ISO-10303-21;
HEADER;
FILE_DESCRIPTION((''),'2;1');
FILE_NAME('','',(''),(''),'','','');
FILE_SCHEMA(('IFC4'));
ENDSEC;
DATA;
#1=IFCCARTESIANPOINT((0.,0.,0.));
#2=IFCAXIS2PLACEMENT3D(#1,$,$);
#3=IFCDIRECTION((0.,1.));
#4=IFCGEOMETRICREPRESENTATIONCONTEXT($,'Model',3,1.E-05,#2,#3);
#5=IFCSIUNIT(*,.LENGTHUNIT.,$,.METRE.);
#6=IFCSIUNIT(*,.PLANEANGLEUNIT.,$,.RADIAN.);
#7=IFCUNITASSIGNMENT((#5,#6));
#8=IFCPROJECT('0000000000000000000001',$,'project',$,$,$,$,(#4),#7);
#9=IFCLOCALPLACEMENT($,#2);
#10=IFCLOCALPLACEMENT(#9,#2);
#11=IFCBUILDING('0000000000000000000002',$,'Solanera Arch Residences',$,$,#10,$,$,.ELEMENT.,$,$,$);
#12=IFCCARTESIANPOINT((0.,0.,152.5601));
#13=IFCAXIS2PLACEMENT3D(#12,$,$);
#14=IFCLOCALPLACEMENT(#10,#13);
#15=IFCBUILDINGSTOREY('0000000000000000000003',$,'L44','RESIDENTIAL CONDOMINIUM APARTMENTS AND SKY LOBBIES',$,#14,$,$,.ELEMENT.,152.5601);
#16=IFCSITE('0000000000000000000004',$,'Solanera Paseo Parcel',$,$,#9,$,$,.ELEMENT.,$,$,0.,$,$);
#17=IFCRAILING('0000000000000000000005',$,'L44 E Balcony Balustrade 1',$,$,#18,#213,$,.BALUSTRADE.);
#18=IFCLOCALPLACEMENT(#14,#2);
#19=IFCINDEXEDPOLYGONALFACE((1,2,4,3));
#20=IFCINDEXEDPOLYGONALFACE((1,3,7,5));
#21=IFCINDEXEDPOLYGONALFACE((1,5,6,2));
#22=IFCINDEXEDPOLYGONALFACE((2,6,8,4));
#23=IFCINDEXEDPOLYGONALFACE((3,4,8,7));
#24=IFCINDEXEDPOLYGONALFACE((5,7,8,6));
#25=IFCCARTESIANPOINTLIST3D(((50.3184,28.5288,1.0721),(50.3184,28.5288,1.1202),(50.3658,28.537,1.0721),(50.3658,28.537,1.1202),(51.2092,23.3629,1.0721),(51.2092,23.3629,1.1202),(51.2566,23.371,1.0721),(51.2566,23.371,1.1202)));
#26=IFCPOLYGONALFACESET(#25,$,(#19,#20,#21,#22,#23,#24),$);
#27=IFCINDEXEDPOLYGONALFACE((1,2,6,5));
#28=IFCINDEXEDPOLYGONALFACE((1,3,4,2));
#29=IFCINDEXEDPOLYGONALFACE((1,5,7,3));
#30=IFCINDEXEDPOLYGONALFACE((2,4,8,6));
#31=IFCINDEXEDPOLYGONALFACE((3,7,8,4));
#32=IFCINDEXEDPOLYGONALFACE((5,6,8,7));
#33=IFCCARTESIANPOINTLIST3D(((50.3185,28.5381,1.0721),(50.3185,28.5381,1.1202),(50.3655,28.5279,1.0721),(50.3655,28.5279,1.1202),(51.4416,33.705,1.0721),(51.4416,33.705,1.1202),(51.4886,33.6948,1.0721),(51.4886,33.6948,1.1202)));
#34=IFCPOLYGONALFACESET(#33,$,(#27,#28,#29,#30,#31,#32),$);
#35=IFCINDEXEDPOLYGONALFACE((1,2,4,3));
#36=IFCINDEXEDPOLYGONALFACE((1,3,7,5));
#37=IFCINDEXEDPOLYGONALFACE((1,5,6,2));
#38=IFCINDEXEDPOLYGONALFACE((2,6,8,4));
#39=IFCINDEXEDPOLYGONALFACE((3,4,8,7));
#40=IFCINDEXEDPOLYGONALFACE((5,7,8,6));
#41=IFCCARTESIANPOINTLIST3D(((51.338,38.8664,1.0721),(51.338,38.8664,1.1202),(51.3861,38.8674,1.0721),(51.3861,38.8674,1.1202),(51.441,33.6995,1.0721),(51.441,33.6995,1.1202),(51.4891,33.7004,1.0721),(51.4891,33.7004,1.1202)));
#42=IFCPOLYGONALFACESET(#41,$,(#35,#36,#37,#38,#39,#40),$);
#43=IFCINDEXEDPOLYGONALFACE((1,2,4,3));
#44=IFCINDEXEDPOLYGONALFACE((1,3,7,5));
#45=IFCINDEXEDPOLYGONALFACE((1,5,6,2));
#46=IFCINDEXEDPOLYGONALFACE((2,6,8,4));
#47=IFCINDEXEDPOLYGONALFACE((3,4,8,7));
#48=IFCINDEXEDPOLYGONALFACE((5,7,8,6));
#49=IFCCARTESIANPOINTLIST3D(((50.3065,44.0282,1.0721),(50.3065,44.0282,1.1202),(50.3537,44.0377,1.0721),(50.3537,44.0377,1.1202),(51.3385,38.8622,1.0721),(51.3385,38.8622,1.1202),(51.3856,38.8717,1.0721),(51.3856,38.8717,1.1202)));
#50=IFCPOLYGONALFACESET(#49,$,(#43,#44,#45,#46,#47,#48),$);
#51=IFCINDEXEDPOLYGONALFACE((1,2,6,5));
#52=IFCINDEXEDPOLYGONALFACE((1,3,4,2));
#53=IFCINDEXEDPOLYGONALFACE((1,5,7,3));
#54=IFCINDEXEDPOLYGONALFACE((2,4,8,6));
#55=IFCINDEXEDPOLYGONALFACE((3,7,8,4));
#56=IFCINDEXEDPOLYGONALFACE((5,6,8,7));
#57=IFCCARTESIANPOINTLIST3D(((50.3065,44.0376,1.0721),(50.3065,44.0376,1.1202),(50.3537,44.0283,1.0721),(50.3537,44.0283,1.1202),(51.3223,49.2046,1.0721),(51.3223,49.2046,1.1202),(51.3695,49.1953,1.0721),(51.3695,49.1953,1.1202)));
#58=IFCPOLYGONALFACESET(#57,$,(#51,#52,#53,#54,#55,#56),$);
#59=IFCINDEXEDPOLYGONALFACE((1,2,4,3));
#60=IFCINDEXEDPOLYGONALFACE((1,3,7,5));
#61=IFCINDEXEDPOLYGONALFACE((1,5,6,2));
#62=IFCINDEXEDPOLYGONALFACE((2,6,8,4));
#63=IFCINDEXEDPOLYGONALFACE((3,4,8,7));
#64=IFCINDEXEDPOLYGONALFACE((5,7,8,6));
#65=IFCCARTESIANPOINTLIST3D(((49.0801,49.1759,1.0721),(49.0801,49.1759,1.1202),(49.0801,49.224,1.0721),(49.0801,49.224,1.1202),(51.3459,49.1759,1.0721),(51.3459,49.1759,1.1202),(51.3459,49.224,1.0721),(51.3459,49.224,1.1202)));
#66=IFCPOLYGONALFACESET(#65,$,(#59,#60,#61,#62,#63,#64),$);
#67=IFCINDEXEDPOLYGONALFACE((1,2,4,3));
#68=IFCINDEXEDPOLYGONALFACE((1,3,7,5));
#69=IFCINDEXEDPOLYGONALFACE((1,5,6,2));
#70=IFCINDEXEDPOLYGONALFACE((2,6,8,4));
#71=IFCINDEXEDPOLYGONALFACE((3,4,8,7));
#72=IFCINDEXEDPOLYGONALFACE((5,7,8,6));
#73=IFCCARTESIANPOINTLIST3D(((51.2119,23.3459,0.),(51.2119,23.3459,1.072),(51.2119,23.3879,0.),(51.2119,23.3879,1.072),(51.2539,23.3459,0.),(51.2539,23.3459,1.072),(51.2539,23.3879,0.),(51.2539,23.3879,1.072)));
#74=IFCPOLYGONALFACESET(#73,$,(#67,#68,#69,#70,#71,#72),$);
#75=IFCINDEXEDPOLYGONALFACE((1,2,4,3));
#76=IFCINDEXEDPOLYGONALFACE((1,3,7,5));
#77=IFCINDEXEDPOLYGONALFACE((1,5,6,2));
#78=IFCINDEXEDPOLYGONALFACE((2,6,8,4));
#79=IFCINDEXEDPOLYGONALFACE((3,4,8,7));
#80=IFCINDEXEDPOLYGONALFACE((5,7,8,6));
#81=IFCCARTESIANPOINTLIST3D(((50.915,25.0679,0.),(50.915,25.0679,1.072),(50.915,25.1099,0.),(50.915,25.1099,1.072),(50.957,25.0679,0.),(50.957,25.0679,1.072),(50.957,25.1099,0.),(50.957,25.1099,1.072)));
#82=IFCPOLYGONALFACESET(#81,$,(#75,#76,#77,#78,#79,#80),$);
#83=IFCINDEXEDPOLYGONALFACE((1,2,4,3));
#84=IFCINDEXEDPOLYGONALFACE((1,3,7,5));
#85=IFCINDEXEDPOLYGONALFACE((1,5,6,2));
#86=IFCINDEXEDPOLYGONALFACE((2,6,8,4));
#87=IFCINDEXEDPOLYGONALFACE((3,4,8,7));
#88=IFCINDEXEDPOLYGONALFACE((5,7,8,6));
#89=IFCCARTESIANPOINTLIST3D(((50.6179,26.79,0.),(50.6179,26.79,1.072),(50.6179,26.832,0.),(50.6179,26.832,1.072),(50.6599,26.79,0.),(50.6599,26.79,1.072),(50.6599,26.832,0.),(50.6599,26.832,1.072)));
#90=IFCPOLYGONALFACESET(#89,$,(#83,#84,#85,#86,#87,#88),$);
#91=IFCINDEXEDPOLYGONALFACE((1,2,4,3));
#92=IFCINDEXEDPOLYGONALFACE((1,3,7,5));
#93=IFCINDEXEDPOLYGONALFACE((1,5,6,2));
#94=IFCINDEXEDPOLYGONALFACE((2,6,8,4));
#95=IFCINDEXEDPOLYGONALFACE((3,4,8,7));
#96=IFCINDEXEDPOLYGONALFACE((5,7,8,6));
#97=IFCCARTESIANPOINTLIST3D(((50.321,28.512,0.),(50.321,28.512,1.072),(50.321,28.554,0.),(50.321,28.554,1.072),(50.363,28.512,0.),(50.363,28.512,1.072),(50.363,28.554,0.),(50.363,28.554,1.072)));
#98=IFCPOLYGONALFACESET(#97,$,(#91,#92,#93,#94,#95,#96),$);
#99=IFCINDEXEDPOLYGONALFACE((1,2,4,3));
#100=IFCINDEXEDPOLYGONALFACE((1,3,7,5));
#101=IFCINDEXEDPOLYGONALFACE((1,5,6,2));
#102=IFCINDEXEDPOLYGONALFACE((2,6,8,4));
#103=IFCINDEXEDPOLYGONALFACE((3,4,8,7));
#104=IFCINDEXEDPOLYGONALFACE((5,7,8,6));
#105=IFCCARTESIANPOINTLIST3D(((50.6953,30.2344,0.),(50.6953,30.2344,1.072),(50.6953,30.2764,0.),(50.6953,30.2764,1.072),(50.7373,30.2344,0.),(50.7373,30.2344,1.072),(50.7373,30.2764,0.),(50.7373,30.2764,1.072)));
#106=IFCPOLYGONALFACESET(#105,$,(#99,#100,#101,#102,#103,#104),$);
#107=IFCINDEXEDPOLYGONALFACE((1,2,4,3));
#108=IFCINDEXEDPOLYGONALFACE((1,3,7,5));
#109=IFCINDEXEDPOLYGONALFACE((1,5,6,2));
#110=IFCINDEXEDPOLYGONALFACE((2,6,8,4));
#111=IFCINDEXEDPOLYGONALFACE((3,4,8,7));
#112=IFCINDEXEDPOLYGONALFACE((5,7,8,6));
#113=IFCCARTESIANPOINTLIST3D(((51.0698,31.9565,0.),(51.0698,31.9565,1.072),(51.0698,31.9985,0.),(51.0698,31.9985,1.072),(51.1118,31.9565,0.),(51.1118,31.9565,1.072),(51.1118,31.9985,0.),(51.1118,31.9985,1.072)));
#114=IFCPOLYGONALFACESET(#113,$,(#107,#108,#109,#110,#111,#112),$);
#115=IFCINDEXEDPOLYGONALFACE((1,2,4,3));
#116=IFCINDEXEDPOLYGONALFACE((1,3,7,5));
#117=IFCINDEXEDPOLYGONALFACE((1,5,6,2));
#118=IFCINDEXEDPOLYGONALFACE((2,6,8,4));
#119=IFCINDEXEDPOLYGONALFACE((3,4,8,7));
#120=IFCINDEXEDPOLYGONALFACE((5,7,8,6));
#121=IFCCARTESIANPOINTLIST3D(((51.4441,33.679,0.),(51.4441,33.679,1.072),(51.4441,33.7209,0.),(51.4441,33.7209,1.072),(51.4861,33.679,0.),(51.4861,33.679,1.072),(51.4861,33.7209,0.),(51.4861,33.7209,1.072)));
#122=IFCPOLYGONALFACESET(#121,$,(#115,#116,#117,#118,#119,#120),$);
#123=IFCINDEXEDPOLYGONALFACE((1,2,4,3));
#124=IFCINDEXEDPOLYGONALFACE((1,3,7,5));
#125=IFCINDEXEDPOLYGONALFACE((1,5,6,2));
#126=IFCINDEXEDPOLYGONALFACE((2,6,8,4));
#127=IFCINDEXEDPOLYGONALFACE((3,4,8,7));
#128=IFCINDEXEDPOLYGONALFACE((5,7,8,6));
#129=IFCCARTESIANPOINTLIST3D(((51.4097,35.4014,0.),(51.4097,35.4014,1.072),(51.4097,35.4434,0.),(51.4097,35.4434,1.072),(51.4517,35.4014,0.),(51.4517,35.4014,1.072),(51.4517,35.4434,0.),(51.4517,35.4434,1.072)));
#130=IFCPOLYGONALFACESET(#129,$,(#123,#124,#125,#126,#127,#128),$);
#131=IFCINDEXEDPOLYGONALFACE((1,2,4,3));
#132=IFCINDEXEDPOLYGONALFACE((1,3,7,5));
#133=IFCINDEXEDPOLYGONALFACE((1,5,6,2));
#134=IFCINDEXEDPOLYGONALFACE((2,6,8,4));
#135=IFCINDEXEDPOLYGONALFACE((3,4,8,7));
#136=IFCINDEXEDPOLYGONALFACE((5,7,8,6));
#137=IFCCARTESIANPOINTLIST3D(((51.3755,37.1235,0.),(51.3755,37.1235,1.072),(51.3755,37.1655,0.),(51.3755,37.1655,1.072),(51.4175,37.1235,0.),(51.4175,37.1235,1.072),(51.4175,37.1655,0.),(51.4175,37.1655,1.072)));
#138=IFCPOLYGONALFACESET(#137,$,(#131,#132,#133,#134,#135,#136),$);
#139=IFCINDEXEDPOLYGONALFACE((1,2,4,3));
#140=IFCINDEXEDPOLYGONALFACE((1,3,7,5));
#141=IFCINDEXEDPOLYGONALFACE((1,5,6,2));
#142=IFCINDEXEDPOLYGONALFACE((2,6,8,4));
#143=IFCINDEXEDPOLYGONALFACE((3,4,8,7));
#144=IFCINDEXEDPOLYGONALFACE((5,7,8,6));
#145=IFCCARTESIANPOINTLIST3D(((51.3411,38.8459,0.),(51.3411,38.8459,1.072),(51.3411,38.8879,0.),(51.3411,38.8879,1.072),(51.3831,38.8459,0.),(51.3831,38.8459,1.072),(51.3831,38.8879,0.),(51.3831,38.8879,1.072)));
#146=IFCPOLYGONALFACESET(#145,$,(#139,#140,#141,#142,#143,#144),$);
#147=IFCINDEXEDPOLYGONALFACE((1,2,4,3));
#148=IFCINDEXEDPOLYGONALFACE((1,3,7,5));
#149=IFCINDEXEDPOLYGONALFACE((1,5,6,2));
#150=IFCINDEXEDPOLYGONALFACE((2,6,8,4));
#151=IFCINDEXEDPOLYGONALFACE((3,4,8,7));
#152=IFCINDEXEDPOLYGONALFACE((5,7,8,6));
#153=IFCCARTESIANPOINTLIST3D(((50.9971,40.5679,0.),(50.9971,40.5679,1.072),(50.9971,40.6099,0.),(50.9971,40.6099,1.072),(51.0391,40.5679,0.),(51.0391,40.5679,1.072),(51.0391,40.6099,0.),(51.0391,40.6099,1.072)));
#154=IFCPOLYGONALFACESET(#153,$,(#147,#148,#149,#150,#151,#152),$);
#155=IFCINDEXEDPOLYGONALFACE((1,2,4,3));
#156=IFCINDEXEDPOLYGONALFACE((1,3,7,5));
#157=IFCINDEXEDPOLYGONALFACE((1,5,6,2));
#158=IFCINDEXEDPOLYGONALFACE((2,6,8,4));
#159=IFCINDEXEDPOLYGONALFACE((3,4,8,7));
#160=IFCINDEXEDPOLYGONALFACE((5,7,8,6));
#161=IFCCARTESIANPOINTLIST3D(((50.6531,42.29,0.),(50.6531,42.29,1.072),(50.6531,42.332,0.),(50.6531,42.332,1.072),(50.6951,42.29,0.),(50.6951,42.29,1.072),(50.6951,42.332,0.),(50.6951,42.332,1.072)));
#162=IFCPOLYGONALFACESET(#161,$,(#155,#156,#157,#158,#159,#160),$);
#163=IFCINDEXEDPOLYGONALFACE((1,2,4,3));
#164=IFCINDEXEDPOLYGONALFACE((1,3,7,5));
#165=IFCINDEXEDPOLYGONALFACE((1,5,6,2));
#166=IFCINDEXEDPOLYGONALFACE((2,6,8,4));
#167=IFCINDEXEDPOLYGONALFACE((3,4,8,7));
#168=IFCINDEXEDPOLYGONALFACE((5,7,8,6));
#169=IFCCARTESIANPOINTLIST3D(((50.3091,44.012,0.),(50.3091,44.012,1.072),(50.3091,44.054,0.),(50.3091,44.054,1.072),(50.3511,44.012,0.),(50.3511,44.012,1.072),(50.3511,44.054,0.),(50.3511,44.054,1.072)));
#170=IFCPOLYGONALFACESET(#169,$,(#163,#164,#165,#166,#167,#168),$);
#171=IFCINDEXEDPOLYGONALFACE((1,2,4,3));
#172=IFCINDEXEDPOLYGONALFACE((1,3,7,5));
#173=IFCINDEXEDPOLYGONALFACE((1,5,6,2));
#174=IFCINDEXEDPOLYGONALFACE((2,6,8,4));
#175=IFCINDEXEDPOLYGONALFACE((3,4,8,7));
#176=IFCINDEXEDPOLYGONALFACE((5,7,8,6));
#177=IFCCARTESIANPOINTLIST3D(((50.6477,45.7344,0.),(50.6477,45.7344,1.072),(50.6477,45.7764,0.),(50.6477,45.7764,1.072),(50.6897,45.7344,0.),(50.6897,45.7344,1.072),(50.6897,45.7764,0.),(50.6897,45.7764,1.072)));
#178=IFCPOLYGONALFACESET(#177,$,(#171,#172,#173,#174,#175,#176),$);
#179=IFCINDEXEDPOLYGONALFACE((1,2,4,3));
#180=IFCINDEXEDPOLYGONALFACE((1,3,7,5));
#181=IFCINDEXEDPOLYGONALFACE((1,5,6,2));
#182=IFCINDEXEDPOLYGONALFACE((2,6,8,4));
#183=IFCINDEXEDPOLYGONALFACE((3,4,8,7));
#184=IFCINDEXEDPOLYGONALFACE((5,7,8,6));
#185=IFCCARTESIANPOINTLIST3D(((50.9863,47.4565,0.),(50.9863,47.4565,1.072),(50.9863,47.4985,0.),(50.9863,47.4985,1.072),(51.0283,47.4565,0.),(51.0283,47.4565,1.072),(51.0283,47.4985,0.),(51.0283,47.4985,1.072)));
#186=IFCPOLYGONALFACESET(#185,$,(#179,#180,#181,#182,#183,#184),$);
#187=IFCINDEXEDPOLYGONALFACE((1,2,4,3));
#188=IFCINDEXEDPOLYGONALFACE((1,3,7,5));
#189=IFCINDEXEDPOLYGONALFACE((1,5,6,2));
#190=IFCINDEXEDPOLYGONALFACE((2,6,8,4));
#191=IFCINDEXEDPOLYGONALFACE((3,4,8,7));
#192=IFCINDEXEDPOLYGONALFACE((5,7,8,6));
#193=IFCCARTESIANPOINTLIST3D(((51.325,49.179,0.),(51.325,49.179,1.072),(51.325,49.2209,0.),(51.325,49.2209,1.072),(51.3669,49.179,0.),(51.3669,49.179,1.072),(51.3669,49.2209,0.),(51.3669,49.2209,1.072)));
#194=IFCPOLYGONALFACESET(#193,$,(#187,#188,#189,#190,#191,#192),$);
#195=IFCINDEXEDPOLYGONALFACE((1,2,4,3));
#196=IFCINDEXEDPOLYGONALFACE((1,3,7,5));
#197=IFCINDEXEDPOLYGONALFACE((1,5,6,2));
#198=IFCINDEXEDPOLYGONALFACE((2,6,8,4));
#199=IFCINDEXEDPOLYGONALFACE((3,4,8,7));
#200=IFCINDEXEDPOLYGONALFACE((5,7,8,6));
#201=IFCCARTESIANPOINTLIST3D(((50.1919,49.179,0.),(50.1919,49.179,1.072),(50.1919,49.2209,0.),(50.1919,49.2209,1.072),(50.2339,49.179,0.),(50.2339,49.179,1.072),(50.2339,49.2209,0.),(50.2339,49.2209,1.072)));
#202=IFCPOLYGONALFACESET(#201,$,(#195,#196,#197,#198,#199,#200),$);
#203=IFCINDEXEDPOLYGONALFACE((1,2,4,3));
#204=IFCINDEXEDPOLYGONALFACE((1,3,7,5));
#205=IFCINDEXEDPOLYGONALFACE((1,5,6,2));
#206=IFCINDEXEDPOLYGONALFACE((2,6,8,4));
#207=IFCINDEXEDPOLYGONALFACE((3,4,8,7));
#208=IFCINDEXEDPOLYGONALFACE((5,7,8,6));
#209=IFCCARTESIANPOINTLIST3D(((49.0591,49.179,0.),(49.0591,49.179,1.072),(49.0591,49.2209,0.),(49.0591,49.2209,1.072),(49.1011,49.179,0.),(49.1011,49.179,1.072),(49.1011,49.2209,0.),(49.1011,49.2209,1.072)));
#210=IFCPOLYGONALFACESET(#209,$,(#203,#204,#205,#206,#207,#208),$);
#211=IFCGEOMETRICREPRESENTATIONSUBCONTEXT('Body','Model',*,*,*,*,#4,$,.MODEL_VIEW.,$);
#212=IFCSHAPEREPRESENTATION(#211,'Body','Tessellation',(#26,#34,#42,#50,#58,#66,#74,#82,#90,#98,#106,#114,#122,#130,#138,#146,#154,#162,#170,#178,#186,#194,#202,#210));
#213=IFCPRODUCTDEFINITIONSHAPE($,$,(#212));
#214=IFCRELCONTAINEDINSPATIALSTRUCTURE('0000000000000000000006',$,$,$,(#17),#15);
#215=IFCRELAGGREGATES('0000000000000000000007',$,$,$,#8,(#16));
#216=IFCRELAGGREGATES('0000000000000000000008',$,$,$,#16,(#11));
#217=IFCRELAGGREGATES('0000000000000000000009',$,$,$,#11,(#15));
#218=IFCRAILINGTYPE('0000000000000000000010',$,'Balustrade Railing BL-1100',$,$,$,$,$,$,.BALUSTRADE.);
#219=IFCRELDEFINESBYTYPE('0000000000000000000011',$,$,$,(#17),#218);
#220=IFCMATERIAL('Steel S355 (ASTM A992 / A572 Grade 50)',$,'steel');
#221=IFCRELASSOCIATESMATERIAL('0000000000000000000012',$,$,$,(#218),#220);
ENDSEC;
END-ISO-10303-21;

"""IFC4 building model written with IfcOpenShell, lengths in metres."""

from ifc_helpers import new_model, si_unit, direction, frame, origin, origin_2d, place, context, subcontext, project, spatial, rectangle, extrude, material, type_object, element, save


model = new_model("IFC4")

# Units and contexts
model_context = context("Model", 3, precision=1e-05, world=origin(), true_north=direction((0.0, 1.0)))
body_context = subcontext(model_context, "Body", "Model", "MODEL_VIEW")
ifc_project = project(units=[si_unit("LENGTHUNIT", "METRE"), si_unit("PLANEANGLEUNIT", "RADIAN")], contexts=[model_context])

# Site, building, storey
site_placement = place(None, origin())
site = spatial("IfcSite", under=ifc_project, at=site_placement, Name="Solanera Paseo Parcel", CompositionType="ELEMENT", RefElevation=0.0)
building_placement = place(site_placement, origin())
building = spatial("IfcBuilding", under=site, at=building_placement, Name="Solanera Arch Residences", CompositionType="ELEMENT")
storey_placement = place(building_placement, frame((0.0, 0.0, 152.5601)))
storey = spatial("IfcBuildingStorey", under=building, at=storey_placement, Name="L44", Description="RESIDENTIAL CONDOMINIUM APARTMENTS AND SKY LOBBIES", CompositionType="ELEMENT", Elevation=152.5601)

# Railing
ifc_material_1 = material(Name="Steel S355 (ASTM A992 / A572 Grade 50)", Category="steel")
railing_type = type_object("IfcRailingType", Name="Balustrade Railing BL-1100", PredefinedType="BALUSTRADE", material=ifc_material_1)
railing_1_placement = place(storey_placement, frame((51.2329, 23.3669, 0.0)))
element("IfcRailing", 1, at=railing_1_placement, inside=storey, type_object=railing_type, Name="L44 E Balcony Balustrade 1", PredefinedType="BALUSTRADE", context=body_context, shape_type="SweptSolid", body=[
    extrude(rectangle(XDim=0.0481, YDim=0.0481, at=origin_2d()), frame((0.0, 0.0, 1.0962), z_axis=(-0.16994, 0.985454, 0.0), x_axis=(-0.985454, -0.16994, 0.0)), (0.0, 0.0, 1.0), 5.2422),
    extrude(rectangle(XDim=0.0481, YDim=0.0481, at=origin_2d()), frame((-0.8909, 5.166, 1.0962), z_axis=(0.212391, 0.977185, 0.0), x_axis=(-0.977185, 0.212391, 0.0)), (0.0, 0.0, 1.0), 5.2876),
    extrude(rectangle(XDim=0.0481, YDim=0.0481, at=origin_2d()), frame((0.2322, 10.333, 1.0962), z_axis=(-0.019936, 0.999801, 0.0), x_axis=(-0.999801, -0.019936, 0.0)), (0.0, 0.0, 1.0), 5.168),
    extrude(rectangle(XDim=0.0481, YDim=0.0481, at=origin_2d()), frame((0.1292, 15.5, 1.0962), z_axis=(-0.195893, 0.980625, 0.0), x_axis=(-0.980625, -0.195893, 0.0)), (0.0, 0.0, 1.0), 5.2681),
    extrude(rectangle(XDim=0.0481, YDim=0.0481, at=origin_2d()), frame((-0.9028, 20.666, 1.0962), z_axis=(0.192914, 0.981216, 0.0), x_axis=(-0.981216, 0.192914, 0.0)), (0.0, 0.0, 1.0), 5.2659),
    extrude(rectangle(XDim=0.0481, YDim=0.0481, at=origin_2d()), frame((0.113, 25.833, 1.0962), z_axis=(-1.0, 0.0, 0.0), x_axis=(0.0, -1.0, 0.0)), (0.0, 0.0, 1.0), 2.2659),
    extrude(rectangle(XDim=0.042, YDim=0.042, at=origin_2d()), origin(), (0.0, 0.0, 1.0), 1.072),
    extrude(rectangle(XDim=0.042, YDim=0.042, at=origin_2d()), frame((-0.2969, 1.7219, 0.0)), (0.0, 0.0, 1.0), 1.072),
    extrude(rectangle(XDim=0.042, YDim=0.042, at=origin_2d()), frame((-0.594, 3.4441, 0.0)), (0.0, 0.0, 1.0), 1.072),
    extrude(rectangle(XDim=0.042, YDim=0.042, at=origin_2d()), frame((-0.8909, 5.166, 0.0)), (0.0, 0.0, 1.0), 1.072),
    extrude(rectangle(XDim=0.042, YDim=0.042, at=origin_2d()), frame((-0.5166, 6.8884, 0.0)), (0.0, 0.0, 1.0), 1.072),
    extrude(rectangle(XDim=0.042, YDim=0.042, at=origin_2d()), frame((-0.1421, 8.6106, 0.0)), (0.0, 0.0, 1.0), 1.072),
    extrude(rectangle(XDim=0.042, YDim=0.042, at=origin_2d()), frame((0.2322, 10.333, 0.0)), (0.0, 0.0, 1.0), 1.072),
    extrude(rectangle(XDim=0.042, YDim=0.042, at=origin_2d()), frame((0.1978, 12.0554, 0.0)), (0.0, 0.0, 1.0), 1.072),
    extrude(rectangle(XDim=0.042, YDim=0.042, at=origin_2d()), frame((0.1636, 13.7776, 0.0)), (0.0, 0.0, 1.0), 1.072),
    extrude(rectangle(XDim=0.042, YDim=0.042, at=origin_2d()), frame((0.1292, 15.5, 0.0)), (0.0, 0.0, 1.0), 1.072),
    extrude(rectangle(XDim=0.042, YDim=0.042, at=origin_2d()), frame((-0.2148, 17.2219, 0.0)), (0.0, 0.0, 1.0), 1.072),
    extrude(rectangle(XDim=0.042, YDim=0.042, at=origin_2d()), frame((-0.5588, 18.9441, 0.0)), (0.0, 0.0, 1.0), 1.072),
    extrude(rectangle(XDim=0.042, YDim=0.042, at=origin_2d()), frame((-0.9028, 20.666, 0.0)), (0.0, 0.0, 1.0), 1.072),
    extrude(rectangle(XDim=0.042, YDim=0.042, at=origin_2d()), frame((-0.5642, 22.3884, 0.0)), (0.0, 0.0, 1.0), 1.072),
    extrude(rectangle(XDim=0.042, YDim=0.042, at=origin_2d()), frame((-0.2256, 24.1106, 0.0)), (0.0, 0.0, 1.0), 1.072),
    extrude(rectangle(XDim=0.042, YDim=0.042, at=origin_2d()), frame((0.113, 25.833, 0.0)), (0.0, 0.0, 1.0), 1.072),
    extrude(rectangle(XDim=0.042, YDim=0.042, at=origin_2d()), frame((-1.02, 25.833, 0.0)), (0.0, 0.0, 1.0), 1.072),
    extrude(rectangle(XDim=0.042, YDim=0.042, at=origin_2d()), frame((-2.1528, 25.833, 0.0)), (0.0, 0.0, 1.0), 1.072),
])

save(model, "model.ifc")
